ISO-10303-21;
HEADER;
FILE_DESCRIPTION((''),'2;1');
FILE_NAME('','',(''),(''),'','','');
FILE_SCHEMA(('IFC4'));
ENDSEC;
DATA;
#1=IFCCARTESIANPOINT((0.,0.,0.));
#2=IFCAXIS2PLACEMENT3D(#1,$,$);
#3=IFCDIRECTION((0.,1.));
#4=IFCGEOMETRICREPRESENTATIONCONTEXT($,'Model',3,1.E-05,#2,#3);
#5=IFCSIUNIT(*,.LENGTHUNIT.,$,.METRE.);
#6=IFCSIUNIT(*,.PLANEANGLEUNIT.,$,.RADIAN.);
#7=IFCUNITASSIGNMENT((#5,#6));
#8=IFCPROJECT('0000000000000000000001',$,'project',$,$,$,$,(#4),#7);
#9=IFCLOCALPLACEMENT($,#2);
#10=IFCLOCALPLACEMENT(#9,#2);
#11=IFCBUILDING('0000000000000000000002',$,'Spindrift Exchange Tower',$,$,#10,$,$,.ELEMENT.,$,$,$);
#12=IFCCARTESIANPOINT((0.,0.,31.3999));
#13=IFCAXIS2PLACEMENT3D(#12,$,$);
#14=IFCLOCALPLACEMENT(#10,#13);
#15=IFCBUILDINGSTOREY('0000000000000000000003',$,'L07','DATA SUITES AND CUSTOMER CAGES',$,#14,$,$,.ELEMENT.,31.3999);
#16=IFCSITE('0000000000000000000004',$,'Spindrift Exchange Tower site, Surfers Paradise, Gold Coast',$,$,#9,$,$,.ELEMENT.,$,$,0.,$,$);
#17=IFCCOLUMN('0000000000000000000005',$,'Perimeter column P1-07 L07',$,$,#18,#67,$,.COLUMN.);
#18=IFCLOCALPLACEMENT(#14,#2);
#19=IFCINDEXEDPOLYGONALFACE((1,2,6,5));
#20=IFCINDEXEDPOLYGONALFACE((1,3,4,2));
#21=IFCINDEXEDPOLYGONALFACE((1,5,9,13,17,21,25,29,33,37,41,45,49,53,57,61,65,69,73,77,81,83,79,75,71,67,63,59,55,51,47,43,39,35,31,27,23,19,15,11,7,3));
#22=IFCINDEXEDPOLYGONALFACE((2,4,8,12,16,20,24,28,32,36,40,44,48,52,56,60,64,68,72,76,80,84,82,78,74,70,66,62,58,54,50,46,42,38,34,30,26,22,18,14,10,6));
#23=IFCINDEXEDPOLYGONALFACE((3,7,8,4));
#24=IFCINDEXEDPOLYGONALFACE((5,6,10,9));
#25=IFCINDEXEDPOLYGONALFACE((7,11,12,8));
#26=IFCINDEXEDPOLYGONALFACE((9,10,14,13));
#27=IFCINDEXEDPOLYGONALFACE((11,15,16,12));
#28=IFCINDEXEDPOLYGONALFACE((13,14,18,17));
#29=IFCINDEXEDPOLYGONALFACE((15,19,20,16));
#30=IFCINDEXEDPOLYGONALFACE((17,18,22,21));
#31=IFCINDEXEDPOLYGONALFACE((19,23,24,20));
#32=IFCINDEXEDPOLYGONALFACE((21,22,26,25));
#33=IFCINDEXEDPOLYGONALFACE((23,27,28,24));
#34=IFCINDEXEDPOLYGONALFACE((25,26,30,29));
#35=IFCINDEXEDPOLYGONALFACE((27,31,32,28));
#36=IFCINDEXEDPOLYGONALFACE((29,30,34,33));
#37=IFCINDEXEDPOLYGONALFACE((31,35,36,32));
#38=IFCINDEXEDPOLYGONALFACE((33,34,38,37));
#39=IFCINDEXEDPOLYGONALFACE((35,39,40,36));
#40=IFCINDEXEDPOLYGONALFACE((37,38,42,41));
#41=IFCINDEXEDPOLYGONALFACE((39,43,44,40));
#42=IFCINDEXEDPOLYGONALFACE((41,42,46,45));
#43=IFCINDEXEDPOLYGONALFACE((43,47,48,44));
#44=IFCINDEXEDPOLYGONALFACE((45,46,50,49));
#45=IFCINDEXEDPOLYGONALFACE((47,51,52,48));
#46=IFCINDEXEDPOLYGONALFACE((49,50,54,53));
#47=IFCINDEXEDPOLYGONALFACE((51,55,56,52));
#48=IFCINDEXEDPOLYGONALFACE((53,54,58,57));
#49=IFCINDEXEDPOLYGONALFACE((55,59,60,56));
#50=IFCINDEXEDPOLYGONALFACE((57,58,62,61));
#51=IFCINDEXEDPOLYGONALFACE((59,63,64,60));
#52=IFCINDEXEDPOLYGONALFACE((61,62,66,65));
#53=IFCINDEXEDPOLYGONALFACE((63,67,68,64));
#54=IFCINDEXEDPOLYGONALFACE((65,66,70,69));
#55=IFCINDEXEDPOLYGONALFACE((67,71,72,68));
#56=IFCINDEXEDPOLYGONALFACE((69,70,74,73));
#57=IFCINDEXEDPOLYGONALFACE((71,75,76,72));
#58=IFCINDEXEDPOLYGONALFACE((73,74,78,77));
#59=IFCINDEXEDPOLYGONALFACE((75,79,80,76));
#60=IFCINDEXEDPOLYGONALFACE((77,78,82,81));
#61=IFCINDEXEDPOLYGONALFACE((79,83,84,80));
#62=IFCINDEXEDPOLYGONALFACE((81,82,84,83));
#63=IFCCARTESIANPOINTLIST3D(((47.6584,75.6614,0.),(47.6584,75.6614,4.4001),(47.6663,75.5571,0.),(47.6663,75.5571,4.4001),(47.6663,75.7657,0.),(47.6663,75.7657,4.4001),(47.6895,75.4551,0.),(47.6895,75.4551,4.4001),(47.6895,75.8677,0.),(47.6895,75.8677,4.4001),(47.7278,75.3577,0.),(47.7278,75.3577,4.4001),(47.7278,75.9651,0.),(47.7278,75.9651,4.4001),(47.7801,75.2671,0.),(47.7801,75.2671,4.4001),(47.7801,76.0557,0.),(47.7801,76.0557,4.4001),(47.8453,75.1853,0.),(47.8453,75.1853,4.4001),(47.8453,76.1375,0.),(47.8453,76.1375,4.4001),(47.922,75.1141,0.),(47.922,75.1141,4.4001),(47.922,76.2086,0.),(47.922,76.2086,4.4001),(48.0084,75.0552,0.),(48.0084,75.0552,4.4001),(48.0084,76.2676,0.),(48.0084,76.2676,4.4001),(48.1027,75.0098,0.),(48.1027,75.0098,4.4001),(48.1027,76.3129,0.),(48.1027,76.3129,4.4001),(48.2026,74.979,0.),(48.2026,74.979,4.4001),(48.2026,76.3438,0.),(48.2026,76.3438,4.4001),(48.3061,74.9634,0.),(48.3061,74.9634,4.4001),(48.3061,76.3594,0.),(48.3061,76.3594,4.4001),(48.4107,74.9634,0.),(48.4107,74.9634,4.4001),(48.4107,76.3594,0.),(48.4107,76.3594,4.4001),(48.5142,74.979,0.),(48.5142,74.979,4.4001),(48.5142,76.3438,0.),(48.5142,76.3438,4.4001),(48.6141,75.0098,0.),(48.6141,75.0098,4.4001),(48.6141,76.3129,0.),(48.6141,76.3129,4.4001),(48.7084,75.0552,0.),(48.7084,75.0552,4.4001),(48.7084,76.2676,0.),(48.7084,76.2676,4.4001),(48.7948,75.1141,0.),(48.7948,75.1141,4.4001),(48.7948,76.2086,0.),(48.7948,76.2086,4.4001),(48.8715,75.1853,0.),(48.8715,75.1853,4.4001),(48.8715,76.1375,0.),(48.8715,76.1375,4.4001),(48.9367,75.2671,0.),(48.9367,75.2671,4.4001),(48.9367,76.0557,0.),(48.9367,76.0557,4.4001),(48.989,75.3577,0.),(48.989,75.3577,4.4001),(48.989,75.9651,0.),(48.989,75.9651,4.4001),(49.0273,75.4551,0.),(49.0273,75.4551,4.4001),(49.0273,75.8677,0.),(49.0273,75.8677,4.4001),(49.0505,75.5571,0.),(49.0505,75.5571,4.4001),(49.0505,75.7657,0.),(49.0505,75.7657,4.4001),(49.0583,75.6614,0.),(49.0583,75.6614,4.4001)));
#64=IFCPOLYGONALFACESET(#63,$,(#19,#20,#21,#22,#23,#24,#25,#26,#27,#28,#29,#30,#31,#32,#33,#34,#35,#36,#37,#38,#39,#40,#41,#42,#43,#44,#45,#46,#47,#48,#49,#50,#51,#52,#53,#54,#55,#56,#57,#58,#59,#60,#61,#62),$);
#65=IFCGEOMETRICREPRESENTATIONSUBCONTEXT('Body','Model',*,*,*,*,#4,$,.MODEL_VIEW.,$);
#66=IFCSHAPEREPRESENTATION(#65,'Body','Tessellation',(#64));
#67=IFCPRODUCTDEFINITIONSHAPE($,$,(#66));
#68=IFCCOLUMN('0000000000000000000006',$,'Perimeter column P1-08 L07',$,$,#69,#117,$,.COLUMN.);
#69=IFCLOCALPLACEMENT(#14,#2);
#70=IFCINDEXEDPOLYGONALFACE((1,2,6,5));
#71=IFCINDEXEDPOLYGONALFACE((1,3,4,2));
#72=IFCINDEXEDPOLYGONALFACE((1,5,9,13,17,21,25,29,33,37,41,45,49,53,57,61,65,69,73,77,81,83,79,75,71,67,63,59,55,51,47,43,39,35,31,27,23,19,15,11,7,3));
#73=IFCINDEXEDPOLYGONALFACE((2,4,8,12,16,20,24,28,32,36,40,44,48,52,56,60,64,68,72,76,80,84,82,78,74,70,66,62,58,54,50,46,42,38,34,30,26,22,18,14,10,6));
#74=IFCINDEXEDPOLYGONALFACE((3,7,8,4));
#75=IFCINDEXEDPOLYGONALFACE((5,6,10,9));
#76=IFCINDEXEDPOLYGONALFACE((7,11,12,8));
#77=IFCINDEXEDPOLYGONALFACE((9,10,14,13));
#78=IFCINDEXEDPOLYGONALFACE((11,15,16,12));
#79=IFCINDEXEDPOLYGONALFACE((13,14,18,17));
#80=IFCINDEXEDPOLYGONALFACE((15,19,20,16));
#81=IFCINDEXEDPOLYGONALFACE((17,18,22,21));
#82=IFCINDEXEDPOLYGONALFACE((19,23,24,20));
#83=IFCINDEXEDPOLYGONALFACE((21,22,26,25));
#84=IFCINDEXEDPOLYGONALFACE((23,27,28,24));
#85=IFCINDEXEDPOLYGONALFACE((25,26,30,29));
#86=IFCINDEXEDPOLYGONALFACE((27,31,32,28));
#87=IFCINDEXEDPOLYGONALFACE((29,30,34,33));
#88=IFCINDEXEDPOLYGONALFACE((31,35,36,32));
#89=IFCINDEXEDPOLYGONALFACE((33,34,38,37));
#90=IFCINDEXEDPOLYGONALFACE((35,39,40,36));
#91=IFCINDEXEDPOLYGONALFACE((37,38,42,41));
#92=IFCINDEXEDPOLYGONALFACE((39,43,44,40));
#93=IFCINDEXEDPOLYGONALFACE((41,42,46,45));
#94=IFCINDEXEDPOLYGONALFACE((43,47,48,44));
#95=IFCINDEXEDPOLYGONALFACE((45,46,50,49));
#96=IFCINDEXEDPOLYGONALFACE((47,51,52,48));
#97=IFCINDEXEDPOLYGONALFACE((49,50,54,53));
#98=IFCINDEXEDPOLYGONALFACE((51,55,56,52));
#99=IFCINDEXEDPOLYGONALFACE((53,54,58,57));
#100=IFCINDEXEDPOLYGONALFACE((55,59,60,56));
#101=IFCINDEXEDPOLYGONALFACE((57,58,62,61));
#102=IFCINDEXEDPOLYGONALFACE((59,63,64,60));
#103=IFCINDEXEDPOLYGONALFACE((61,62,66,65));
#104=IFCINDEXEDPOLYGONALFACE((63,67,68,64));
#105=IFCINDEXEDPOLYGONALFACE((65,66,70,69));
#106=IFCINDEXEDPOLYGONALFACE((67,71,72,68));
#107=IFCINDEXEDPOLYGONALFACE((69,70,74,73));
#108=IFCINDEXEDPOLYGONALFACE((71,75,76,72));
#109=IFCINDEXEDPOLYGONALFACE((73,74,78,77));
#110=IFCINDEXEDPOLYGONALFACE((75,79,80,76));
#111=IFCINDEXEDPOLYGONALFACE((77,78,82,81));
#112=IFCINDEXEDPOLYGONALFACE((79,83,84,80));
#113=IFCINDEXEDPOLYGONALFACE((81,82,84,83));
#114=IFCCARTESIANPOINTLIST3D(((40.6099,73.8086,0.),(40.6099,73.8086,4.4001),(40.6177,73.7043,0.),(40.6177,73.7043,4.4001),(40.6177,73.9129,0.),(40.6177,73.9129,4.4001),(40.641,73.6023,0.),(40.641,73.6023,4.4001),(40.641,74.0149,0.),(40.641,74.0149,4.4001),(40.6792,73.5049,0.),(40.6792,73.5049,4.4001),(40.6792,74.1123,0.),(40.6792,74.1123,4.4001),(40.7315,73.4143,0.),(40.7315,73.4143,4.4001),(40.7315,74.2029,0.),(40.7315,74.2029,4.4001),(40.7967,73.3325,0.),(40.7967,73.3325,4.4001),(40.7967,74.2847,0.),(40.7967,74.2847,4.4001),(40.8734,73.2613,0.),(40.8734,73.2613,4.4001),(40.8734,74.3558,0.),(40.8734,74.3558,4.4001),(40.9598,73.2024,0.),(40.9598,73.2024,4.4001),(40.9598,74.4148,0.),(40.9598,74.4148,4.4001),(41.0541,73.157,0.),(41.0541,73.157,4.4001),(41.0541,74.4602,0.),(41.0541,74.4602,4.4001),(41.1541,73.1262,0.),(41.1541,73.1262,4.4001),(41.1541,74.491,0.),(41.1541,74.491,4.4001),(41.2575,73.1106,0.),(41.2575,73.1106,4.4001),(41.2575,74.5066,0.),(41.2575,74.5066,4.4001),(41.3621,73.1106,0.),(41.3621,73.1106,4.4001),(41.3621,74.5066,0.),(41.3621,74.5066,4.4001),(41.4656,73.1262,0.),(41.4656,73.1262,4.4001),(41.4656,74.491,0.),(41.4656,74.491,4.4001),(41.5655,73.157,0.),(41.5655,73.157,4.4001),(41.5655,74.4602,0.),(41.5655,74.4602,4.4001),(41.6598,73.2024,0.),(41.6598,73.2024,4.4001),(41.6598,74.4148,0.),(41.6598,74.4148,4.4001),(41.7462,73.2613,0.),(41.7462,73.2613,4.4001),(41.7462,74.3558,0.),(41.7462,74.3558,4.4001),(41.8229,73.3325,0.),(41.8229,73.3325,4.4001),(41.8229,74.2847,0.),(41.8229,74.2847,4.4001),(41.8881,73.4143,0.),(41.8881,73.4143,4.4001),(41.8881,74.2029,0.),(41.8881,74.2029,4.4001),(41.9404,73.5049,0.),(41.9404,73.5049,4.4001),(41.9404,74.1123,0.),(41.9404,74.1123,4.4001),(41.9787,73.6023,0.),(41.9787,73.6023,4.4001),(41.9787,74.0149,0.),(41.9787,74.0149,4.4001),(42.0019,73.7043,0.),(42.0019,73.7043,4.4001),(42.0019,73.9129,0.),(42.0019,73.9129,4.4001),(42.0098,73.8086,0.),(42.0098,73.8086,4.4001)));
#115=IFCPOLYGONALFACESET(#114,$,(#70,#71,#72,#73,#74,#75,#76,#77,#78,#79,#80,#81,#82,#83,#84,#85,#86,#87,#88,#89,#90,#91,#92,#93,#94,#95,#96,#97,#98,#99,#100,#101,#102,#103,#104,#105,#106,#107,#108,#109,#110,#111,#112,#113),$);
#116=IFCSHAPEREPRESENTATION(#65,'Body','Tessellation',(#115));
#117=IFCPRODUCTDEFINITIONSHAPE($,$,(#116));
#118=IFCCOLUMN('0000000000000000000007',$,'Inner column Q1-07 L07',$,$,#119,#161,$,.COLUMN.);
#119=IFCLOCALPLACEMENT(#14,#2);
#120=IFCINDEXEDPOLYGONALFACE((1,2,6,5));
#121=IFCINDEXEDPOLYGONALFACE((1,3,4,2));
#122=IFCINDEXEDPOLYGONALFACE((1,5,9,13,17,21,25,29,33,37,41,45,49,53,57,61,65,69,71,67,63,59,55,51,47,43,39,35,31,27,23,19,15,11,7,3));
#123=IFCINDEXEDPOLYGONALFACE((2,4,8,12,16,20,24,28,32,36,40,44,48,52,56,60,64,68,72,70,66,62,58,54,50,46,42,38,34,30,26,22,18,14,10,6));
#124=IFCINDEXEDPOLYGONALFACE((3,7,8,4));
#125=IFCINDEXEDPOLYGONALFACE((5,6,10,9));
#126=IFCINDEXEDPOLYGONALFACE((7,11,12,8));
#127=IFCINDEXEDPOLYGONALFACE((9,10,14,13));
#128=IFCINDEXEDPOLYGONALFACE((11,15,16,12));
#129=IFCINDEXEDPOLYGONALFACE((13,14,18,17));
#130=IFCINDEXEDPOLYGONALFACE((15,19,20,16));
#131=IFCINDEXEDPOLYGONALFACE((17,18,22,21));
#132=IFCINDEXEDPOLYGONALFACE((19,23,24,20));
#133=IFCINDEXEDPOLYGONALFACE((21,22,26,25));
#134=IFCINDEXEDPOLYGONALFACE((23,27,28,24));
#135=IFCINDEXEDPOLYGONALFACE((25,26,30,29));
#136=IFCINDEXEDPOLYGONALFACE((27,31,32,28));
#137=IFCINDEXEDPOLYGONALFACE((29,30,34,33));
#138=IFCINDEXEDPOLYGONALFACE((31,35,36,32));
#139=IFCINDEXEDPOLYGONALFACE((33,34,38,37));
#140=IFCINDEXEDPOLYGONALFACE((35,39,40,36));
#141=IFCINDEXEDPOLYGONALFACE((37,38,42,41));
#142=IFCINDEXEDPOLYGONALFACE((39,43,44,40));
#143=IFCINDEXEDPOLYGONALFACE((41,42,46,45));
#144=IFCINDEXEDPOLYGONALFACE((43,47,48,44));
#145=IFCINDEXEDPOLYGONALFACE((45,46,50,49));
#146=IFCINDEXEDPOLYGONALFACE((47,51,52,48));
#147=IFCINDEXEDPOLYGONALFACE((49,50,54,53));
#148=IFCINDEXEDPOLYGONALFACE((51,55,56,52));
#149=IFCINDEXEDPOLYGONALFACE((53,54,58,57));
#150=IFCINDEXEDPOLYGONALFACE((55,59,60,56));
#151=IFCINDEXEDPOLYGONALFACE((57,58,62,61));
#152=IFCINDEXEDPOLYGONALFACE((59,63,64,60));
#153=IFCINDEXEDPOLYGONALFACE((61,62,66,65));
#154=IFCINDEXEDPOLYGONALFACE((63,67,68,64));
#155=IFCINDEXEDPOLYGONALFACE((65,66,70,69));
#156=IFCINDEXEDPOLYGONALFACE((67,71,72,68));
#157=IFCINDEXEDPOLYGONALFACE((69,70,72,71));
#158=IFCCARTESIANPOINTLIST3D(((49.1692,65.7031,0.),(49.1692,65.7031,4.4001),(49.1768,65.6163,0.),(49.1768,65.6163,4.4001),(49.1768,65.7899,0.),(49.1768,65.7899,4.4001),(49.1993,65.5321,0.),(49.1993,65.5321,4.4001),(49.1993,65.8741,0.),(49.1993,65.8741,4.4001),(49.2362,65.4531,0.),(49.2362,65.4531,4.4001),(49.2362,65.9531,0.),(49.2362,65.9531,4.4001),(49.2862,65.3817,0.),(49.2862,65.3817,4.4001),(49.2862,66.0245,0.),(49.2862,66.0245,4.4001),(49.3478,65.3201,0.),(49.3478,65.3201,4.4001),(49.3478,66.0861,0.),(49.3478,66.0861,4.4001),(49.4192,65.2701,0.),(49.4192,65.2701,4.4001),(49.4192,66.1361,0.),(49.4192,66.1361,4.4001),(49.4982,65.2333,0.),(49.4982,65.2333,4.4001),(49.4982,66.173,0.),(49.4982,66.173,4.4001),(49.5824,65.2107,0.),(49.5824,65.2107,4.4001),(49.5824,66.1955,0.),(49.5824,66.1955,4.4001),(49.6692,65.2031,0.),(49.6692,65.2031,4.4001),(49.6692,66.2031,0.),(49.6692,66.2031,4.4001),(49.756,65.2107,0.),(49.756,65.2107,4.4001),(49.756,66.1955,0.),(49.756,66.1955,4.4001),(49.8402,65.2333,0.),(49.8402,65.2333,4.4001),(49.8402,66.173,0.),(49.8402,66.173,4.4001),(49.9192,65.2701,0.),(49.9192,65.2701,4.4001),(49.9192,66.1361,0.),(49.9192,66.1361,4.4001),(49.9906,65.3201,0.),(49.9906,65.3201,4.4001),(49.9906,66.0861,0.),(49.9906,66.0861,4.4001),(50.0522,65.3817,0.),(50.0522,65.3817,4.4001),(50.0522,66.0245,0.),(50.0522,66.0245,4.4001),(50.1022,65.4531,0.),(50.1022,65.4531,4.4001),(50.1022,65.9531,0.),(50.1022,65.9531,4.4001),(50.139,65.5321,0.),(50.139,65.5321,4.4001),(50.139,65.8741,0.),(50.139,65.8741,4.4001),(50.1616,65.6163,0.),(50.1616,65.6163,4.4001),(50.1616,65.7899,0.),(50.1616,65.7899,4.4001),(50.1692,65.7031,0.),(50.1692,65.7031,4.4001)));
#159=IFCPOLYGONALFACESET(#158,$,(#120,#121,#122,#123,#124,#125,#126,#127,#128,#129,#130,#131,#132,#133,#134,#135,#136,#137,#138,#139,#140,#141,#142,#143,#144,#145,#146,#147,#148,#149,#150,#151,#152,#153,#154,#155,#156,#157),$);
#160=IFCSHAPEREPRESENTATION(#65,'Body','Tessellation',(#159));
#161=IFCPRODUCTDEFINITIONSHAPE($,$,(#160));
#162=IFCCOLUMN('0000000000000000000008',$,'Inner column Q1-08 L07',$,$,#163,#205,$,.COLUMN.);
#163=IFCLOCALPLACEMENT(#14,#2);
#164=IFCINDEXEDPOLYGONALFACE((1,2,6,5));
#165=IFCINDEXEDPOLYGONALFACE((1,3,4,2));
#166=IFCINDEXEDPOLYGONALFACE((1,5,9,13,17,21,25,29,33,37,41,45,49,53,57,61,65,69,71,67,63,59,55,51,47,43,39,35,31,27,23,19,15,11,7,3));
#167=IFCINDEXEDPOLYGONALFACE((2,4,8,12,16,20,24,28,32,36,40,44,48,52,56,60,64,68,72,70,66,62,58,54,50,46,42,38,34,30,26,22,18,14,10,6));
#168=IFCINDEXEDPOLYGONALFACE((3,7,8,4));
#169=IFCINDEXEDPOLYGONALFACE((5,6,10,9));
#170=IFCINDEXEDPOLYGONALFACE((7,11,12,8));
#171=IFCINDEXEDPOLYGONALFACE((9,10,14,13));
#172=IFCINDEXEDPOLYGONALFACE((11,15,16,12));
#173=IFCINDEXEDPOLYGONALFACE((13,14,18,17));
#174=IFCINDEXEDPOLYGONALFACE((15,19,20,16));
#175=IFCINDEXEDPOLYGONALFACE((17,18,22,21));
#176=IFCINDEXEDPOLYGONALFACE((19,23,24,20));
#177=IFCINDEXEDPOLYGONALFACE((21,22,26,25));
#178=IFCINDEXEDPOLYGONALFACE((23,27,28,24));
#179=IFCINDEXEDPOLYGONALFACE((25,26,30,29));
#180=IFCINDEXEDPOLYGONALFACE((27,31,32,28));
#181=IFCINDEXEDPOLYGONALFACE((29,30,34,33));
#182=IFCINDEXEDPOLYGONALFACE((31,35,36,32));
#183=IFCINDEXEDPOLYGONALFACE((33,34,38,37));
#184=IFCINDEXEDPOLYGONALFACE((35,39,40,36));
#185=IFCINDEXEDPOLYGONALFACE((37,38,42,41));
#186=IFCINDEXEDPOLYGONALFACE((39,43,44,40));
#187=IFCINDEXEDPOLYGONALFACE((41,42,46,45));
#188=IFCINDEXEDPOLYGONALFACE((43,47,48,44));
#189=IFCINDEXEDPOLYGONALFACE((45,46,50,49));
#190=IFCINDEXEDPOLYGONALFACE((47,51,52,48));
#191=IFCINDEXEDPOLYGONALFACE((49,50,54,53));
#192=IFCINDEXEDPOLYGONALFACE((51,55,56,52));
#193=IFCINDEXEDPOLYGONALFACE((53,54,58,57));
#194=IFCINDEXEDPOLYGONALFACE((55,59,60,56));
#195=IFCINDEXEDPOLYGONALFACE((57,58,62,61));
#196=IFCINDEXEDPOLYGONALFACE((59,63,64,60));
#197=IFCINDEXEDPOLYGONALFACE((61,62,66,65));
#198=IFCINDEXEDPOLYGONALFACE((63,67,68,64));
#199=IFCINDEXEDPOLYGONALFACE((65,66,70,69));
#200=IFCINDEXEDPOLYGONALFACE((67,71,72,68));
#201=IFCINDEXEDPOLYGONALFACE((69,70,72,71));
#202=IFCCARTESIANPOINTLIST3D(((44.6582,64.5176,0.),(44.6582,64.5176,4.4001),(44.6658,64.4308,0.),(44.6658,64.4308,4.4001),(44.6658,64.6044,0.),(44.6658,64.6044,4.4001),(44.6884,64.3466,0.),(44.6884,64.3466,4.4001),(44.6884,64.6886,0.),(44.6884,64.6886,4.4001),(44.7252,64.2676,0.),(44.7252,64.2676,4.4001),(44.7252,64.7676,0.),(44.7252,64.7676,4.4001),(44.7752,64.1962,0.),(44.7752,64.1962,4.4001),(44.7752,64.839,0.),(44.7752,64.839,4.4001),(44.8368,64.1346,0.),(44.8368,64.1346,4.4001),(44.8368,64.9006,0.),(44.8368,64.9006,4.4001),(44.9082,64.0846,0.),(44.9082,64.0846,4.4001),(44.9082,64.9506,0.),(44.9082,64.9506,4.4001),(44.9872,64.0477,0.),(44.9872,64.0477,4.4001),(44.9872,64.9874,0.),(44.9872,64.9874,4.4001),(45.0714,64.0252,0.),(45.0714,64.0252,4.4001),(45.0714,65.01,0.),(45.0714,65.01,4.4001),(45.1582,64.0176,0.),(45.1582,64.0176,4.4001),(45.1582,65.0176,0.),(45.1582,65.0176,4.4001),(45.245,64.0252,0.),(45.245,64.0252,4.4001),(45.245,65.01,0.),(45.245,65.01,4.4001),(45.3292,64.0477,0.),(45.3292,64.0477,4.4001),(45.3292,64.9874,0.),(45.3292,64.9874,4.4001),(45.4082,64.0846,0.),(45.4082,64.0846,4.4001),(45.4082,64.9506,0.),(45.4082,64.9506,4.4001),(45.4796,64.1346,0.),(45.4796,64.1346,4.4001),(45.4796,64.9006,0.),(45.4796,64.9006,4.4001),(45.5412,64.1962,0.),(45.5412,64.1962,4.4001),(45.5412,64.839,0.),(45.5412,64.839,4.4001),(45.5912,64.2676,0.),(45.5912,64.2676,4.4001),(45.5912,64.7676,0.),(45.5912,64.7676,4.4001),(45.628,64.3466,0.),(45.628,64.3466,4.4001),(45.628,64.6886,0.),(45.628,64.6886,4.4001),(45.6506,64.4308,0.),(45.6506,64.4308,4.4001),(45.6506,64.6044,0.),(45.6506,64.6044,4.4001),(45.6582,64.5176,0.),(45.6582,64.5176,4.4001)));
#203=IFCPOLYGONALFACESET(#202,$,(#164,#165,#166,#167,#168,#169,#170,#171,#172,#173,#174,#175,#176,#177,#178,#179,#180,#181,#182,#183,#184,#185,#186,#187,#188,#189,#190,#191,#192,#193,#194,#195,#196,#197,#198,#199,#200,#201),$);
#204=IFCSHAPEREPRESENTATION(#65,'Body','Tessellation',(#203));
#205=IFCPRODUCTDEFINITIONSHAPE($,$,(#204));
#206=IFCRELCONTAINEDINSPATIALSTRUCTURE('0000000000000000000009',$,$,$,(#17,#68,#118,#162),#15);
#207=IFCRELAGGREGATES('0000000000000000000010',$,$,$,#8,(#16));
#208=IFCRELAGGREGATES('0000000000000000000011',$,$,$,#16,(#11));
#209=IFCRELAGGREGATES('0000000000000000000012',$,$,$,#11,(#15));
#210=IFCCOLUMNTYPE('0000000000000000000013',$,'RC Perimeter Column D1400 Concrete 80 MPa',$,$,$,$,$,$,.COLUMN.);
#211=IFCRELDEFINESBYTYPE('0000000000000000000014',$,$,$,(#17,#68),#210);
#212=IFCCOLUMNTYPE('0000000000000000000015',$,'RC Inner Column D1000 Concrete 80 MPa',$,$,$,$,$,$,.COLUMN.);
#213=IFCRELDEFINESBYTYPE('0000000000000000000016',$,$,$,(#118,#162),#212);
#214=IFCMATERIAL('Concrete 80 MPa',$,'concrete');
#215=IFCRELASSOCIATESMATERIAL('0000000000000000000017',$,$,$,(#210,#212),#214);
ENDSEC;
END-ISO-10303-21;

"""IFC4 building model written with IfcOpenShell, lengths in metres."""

from ifc_helpers import new_model, si_unit, direction, frame, origin, origin_2d, place, context, subcontext, project, spatial, circle, extrude, source, transform, mapped, material, material_profile, profile_set, type_object, element, save


model = new_model("IFC4")

# Units and contexts
model_context = context("Model", 3, precision=1e-05, world=origin(), true_north=direction((0.0, 1.0)))
body_context = subcontext(model_context, "Body", "Model", "MODEL_VIEW")
ifc_project = project(units=[si_unit("LENGTHUNIT", "METRE"), si_unit("PLANEANGLEUNIT", "RADIAN")], contexts=[model_context])

# Site, building, storey
site_placement = place(None, origin())
site = spatial("IfcSite", under=ifc_project, at=site_placement, Name="Spindrift Exchange Tower site, Surfers Paradise, Gold Coast", CompositionType="ELEMENT", RefElevation=0.0)
building_placement = place(site_placement, origin())
building = spatial("IfcBuilding", under=site, at=building_placement, Name="Spindrift Exchange Tower", CompositionType="ELEMENT")
storey_placement = place(building_placement, frame((0.0, 0.0, 31.3999)))
storey = spatial("IfcBuildingStorey", under=building, at=storey_placement, Name="L07", Description="DATA SUITES AND CUSTOMER CAGES", CompositionType="ELEMENT", Elevation=31.3999)

# Columns
ifc_material_1 = material(Name="Concrete 80 MPa", Category="concrete")
ifc_material_profile_1 = material_profile(ifc_material_1, circle(Radius=0.7, at=origin_2d()), Name="RC D1400")
ifc_profile_set_1 = profile_set([ifc_material_profile_1], Name="Concrete 80 MPa")
column_type_1 = type_object("IfcColumnType", Name="RC Perimeter Column D1400 Concrete 80 MPa", PredefinedType="COLUMN", material=ifc_profile_set_1)
shared_shape_1 = source(origin(), body_context, "Body", "SweptSolid", [
    extrude(circle(Radius=0.7, at=origin_2d()), origin(), (0.0, 0.0, 1.0), 4.4001),
])
for number, where, z_axis, x_axis, name in (
    (1, (48.3584, 75.6614, 0.0), (0.0, 0.0, 1.0), (1.0, 0.0, 0.0), "Perimeter column P1-07 L07"),
    (2, (41.3098, 73.8086, 0.0), (0.0, 0.0, 1.0), (1.0, 0.0, 0.0), "Perimeter column P1-08 L07"),
):
    element("IfcColumn", number, at=place(storey_placement, frame(where, z_axis=z_axis, x_axis=x_axis)), inside=storey, type_object=column_type_1, Name=name, PredefinedType="COLUMN", context=body_context, shape_type="MappedRepresentation", body=[
        mapped(shared_shape_1, transform((0.0, 0.0, 0.0), scale=1.0)),
    ])
ifc_material_profile_2 = material_profile(ifc_material_1, circle(Radius=0.5, at=origin_2d()), Name="RC D1000")
ifc_profile_set_2 = profile_set([ifc_material_profile_2], Name="Concrete 80 MPa")
column_type_2 = type_object("IfcColumnType", Name="RC Inner Column D1000 Concrete 80 MPa", PredefinedType="COLUMN", material=ifc_profile_set_2)
shared_shape_2 = source(origin(), body_context, "Body", "SweptSolid", [
    extrude(circle(Radius=0.5, at=origin_2d()), origin(), (0.0, 0.0, 1.0), 4.4001),
])
for number, where, z_axis, x_axis, name in (
    (3, (49.6692, 65.7031, 0.0), (0.0, 0.0, 1.0), (1.0, 0.0, 0.0), "Inner column Q1-07 L07"),
    (4, (45.1582, 64.5176, 0.0), (0.0, 0.0, 1.0), (1.0, 0.0, 0.0), "Inner column Q1-08 L07"),
):
    element("IfcColumn", number, at=place(storey_placement, frame(where, z_axis=z_axis, x_axis=x_axis)), inside=storey, type_object=column_type_2, Name=name, PredefinedType="COLUMN", context=body_context, shape_type="MappedRepresentation", body=[
        mapped(shared_shape_2, transform((0.0, 0.0, 0.0), scale=1.0)),
    ])

save(model, "model.ifc")
